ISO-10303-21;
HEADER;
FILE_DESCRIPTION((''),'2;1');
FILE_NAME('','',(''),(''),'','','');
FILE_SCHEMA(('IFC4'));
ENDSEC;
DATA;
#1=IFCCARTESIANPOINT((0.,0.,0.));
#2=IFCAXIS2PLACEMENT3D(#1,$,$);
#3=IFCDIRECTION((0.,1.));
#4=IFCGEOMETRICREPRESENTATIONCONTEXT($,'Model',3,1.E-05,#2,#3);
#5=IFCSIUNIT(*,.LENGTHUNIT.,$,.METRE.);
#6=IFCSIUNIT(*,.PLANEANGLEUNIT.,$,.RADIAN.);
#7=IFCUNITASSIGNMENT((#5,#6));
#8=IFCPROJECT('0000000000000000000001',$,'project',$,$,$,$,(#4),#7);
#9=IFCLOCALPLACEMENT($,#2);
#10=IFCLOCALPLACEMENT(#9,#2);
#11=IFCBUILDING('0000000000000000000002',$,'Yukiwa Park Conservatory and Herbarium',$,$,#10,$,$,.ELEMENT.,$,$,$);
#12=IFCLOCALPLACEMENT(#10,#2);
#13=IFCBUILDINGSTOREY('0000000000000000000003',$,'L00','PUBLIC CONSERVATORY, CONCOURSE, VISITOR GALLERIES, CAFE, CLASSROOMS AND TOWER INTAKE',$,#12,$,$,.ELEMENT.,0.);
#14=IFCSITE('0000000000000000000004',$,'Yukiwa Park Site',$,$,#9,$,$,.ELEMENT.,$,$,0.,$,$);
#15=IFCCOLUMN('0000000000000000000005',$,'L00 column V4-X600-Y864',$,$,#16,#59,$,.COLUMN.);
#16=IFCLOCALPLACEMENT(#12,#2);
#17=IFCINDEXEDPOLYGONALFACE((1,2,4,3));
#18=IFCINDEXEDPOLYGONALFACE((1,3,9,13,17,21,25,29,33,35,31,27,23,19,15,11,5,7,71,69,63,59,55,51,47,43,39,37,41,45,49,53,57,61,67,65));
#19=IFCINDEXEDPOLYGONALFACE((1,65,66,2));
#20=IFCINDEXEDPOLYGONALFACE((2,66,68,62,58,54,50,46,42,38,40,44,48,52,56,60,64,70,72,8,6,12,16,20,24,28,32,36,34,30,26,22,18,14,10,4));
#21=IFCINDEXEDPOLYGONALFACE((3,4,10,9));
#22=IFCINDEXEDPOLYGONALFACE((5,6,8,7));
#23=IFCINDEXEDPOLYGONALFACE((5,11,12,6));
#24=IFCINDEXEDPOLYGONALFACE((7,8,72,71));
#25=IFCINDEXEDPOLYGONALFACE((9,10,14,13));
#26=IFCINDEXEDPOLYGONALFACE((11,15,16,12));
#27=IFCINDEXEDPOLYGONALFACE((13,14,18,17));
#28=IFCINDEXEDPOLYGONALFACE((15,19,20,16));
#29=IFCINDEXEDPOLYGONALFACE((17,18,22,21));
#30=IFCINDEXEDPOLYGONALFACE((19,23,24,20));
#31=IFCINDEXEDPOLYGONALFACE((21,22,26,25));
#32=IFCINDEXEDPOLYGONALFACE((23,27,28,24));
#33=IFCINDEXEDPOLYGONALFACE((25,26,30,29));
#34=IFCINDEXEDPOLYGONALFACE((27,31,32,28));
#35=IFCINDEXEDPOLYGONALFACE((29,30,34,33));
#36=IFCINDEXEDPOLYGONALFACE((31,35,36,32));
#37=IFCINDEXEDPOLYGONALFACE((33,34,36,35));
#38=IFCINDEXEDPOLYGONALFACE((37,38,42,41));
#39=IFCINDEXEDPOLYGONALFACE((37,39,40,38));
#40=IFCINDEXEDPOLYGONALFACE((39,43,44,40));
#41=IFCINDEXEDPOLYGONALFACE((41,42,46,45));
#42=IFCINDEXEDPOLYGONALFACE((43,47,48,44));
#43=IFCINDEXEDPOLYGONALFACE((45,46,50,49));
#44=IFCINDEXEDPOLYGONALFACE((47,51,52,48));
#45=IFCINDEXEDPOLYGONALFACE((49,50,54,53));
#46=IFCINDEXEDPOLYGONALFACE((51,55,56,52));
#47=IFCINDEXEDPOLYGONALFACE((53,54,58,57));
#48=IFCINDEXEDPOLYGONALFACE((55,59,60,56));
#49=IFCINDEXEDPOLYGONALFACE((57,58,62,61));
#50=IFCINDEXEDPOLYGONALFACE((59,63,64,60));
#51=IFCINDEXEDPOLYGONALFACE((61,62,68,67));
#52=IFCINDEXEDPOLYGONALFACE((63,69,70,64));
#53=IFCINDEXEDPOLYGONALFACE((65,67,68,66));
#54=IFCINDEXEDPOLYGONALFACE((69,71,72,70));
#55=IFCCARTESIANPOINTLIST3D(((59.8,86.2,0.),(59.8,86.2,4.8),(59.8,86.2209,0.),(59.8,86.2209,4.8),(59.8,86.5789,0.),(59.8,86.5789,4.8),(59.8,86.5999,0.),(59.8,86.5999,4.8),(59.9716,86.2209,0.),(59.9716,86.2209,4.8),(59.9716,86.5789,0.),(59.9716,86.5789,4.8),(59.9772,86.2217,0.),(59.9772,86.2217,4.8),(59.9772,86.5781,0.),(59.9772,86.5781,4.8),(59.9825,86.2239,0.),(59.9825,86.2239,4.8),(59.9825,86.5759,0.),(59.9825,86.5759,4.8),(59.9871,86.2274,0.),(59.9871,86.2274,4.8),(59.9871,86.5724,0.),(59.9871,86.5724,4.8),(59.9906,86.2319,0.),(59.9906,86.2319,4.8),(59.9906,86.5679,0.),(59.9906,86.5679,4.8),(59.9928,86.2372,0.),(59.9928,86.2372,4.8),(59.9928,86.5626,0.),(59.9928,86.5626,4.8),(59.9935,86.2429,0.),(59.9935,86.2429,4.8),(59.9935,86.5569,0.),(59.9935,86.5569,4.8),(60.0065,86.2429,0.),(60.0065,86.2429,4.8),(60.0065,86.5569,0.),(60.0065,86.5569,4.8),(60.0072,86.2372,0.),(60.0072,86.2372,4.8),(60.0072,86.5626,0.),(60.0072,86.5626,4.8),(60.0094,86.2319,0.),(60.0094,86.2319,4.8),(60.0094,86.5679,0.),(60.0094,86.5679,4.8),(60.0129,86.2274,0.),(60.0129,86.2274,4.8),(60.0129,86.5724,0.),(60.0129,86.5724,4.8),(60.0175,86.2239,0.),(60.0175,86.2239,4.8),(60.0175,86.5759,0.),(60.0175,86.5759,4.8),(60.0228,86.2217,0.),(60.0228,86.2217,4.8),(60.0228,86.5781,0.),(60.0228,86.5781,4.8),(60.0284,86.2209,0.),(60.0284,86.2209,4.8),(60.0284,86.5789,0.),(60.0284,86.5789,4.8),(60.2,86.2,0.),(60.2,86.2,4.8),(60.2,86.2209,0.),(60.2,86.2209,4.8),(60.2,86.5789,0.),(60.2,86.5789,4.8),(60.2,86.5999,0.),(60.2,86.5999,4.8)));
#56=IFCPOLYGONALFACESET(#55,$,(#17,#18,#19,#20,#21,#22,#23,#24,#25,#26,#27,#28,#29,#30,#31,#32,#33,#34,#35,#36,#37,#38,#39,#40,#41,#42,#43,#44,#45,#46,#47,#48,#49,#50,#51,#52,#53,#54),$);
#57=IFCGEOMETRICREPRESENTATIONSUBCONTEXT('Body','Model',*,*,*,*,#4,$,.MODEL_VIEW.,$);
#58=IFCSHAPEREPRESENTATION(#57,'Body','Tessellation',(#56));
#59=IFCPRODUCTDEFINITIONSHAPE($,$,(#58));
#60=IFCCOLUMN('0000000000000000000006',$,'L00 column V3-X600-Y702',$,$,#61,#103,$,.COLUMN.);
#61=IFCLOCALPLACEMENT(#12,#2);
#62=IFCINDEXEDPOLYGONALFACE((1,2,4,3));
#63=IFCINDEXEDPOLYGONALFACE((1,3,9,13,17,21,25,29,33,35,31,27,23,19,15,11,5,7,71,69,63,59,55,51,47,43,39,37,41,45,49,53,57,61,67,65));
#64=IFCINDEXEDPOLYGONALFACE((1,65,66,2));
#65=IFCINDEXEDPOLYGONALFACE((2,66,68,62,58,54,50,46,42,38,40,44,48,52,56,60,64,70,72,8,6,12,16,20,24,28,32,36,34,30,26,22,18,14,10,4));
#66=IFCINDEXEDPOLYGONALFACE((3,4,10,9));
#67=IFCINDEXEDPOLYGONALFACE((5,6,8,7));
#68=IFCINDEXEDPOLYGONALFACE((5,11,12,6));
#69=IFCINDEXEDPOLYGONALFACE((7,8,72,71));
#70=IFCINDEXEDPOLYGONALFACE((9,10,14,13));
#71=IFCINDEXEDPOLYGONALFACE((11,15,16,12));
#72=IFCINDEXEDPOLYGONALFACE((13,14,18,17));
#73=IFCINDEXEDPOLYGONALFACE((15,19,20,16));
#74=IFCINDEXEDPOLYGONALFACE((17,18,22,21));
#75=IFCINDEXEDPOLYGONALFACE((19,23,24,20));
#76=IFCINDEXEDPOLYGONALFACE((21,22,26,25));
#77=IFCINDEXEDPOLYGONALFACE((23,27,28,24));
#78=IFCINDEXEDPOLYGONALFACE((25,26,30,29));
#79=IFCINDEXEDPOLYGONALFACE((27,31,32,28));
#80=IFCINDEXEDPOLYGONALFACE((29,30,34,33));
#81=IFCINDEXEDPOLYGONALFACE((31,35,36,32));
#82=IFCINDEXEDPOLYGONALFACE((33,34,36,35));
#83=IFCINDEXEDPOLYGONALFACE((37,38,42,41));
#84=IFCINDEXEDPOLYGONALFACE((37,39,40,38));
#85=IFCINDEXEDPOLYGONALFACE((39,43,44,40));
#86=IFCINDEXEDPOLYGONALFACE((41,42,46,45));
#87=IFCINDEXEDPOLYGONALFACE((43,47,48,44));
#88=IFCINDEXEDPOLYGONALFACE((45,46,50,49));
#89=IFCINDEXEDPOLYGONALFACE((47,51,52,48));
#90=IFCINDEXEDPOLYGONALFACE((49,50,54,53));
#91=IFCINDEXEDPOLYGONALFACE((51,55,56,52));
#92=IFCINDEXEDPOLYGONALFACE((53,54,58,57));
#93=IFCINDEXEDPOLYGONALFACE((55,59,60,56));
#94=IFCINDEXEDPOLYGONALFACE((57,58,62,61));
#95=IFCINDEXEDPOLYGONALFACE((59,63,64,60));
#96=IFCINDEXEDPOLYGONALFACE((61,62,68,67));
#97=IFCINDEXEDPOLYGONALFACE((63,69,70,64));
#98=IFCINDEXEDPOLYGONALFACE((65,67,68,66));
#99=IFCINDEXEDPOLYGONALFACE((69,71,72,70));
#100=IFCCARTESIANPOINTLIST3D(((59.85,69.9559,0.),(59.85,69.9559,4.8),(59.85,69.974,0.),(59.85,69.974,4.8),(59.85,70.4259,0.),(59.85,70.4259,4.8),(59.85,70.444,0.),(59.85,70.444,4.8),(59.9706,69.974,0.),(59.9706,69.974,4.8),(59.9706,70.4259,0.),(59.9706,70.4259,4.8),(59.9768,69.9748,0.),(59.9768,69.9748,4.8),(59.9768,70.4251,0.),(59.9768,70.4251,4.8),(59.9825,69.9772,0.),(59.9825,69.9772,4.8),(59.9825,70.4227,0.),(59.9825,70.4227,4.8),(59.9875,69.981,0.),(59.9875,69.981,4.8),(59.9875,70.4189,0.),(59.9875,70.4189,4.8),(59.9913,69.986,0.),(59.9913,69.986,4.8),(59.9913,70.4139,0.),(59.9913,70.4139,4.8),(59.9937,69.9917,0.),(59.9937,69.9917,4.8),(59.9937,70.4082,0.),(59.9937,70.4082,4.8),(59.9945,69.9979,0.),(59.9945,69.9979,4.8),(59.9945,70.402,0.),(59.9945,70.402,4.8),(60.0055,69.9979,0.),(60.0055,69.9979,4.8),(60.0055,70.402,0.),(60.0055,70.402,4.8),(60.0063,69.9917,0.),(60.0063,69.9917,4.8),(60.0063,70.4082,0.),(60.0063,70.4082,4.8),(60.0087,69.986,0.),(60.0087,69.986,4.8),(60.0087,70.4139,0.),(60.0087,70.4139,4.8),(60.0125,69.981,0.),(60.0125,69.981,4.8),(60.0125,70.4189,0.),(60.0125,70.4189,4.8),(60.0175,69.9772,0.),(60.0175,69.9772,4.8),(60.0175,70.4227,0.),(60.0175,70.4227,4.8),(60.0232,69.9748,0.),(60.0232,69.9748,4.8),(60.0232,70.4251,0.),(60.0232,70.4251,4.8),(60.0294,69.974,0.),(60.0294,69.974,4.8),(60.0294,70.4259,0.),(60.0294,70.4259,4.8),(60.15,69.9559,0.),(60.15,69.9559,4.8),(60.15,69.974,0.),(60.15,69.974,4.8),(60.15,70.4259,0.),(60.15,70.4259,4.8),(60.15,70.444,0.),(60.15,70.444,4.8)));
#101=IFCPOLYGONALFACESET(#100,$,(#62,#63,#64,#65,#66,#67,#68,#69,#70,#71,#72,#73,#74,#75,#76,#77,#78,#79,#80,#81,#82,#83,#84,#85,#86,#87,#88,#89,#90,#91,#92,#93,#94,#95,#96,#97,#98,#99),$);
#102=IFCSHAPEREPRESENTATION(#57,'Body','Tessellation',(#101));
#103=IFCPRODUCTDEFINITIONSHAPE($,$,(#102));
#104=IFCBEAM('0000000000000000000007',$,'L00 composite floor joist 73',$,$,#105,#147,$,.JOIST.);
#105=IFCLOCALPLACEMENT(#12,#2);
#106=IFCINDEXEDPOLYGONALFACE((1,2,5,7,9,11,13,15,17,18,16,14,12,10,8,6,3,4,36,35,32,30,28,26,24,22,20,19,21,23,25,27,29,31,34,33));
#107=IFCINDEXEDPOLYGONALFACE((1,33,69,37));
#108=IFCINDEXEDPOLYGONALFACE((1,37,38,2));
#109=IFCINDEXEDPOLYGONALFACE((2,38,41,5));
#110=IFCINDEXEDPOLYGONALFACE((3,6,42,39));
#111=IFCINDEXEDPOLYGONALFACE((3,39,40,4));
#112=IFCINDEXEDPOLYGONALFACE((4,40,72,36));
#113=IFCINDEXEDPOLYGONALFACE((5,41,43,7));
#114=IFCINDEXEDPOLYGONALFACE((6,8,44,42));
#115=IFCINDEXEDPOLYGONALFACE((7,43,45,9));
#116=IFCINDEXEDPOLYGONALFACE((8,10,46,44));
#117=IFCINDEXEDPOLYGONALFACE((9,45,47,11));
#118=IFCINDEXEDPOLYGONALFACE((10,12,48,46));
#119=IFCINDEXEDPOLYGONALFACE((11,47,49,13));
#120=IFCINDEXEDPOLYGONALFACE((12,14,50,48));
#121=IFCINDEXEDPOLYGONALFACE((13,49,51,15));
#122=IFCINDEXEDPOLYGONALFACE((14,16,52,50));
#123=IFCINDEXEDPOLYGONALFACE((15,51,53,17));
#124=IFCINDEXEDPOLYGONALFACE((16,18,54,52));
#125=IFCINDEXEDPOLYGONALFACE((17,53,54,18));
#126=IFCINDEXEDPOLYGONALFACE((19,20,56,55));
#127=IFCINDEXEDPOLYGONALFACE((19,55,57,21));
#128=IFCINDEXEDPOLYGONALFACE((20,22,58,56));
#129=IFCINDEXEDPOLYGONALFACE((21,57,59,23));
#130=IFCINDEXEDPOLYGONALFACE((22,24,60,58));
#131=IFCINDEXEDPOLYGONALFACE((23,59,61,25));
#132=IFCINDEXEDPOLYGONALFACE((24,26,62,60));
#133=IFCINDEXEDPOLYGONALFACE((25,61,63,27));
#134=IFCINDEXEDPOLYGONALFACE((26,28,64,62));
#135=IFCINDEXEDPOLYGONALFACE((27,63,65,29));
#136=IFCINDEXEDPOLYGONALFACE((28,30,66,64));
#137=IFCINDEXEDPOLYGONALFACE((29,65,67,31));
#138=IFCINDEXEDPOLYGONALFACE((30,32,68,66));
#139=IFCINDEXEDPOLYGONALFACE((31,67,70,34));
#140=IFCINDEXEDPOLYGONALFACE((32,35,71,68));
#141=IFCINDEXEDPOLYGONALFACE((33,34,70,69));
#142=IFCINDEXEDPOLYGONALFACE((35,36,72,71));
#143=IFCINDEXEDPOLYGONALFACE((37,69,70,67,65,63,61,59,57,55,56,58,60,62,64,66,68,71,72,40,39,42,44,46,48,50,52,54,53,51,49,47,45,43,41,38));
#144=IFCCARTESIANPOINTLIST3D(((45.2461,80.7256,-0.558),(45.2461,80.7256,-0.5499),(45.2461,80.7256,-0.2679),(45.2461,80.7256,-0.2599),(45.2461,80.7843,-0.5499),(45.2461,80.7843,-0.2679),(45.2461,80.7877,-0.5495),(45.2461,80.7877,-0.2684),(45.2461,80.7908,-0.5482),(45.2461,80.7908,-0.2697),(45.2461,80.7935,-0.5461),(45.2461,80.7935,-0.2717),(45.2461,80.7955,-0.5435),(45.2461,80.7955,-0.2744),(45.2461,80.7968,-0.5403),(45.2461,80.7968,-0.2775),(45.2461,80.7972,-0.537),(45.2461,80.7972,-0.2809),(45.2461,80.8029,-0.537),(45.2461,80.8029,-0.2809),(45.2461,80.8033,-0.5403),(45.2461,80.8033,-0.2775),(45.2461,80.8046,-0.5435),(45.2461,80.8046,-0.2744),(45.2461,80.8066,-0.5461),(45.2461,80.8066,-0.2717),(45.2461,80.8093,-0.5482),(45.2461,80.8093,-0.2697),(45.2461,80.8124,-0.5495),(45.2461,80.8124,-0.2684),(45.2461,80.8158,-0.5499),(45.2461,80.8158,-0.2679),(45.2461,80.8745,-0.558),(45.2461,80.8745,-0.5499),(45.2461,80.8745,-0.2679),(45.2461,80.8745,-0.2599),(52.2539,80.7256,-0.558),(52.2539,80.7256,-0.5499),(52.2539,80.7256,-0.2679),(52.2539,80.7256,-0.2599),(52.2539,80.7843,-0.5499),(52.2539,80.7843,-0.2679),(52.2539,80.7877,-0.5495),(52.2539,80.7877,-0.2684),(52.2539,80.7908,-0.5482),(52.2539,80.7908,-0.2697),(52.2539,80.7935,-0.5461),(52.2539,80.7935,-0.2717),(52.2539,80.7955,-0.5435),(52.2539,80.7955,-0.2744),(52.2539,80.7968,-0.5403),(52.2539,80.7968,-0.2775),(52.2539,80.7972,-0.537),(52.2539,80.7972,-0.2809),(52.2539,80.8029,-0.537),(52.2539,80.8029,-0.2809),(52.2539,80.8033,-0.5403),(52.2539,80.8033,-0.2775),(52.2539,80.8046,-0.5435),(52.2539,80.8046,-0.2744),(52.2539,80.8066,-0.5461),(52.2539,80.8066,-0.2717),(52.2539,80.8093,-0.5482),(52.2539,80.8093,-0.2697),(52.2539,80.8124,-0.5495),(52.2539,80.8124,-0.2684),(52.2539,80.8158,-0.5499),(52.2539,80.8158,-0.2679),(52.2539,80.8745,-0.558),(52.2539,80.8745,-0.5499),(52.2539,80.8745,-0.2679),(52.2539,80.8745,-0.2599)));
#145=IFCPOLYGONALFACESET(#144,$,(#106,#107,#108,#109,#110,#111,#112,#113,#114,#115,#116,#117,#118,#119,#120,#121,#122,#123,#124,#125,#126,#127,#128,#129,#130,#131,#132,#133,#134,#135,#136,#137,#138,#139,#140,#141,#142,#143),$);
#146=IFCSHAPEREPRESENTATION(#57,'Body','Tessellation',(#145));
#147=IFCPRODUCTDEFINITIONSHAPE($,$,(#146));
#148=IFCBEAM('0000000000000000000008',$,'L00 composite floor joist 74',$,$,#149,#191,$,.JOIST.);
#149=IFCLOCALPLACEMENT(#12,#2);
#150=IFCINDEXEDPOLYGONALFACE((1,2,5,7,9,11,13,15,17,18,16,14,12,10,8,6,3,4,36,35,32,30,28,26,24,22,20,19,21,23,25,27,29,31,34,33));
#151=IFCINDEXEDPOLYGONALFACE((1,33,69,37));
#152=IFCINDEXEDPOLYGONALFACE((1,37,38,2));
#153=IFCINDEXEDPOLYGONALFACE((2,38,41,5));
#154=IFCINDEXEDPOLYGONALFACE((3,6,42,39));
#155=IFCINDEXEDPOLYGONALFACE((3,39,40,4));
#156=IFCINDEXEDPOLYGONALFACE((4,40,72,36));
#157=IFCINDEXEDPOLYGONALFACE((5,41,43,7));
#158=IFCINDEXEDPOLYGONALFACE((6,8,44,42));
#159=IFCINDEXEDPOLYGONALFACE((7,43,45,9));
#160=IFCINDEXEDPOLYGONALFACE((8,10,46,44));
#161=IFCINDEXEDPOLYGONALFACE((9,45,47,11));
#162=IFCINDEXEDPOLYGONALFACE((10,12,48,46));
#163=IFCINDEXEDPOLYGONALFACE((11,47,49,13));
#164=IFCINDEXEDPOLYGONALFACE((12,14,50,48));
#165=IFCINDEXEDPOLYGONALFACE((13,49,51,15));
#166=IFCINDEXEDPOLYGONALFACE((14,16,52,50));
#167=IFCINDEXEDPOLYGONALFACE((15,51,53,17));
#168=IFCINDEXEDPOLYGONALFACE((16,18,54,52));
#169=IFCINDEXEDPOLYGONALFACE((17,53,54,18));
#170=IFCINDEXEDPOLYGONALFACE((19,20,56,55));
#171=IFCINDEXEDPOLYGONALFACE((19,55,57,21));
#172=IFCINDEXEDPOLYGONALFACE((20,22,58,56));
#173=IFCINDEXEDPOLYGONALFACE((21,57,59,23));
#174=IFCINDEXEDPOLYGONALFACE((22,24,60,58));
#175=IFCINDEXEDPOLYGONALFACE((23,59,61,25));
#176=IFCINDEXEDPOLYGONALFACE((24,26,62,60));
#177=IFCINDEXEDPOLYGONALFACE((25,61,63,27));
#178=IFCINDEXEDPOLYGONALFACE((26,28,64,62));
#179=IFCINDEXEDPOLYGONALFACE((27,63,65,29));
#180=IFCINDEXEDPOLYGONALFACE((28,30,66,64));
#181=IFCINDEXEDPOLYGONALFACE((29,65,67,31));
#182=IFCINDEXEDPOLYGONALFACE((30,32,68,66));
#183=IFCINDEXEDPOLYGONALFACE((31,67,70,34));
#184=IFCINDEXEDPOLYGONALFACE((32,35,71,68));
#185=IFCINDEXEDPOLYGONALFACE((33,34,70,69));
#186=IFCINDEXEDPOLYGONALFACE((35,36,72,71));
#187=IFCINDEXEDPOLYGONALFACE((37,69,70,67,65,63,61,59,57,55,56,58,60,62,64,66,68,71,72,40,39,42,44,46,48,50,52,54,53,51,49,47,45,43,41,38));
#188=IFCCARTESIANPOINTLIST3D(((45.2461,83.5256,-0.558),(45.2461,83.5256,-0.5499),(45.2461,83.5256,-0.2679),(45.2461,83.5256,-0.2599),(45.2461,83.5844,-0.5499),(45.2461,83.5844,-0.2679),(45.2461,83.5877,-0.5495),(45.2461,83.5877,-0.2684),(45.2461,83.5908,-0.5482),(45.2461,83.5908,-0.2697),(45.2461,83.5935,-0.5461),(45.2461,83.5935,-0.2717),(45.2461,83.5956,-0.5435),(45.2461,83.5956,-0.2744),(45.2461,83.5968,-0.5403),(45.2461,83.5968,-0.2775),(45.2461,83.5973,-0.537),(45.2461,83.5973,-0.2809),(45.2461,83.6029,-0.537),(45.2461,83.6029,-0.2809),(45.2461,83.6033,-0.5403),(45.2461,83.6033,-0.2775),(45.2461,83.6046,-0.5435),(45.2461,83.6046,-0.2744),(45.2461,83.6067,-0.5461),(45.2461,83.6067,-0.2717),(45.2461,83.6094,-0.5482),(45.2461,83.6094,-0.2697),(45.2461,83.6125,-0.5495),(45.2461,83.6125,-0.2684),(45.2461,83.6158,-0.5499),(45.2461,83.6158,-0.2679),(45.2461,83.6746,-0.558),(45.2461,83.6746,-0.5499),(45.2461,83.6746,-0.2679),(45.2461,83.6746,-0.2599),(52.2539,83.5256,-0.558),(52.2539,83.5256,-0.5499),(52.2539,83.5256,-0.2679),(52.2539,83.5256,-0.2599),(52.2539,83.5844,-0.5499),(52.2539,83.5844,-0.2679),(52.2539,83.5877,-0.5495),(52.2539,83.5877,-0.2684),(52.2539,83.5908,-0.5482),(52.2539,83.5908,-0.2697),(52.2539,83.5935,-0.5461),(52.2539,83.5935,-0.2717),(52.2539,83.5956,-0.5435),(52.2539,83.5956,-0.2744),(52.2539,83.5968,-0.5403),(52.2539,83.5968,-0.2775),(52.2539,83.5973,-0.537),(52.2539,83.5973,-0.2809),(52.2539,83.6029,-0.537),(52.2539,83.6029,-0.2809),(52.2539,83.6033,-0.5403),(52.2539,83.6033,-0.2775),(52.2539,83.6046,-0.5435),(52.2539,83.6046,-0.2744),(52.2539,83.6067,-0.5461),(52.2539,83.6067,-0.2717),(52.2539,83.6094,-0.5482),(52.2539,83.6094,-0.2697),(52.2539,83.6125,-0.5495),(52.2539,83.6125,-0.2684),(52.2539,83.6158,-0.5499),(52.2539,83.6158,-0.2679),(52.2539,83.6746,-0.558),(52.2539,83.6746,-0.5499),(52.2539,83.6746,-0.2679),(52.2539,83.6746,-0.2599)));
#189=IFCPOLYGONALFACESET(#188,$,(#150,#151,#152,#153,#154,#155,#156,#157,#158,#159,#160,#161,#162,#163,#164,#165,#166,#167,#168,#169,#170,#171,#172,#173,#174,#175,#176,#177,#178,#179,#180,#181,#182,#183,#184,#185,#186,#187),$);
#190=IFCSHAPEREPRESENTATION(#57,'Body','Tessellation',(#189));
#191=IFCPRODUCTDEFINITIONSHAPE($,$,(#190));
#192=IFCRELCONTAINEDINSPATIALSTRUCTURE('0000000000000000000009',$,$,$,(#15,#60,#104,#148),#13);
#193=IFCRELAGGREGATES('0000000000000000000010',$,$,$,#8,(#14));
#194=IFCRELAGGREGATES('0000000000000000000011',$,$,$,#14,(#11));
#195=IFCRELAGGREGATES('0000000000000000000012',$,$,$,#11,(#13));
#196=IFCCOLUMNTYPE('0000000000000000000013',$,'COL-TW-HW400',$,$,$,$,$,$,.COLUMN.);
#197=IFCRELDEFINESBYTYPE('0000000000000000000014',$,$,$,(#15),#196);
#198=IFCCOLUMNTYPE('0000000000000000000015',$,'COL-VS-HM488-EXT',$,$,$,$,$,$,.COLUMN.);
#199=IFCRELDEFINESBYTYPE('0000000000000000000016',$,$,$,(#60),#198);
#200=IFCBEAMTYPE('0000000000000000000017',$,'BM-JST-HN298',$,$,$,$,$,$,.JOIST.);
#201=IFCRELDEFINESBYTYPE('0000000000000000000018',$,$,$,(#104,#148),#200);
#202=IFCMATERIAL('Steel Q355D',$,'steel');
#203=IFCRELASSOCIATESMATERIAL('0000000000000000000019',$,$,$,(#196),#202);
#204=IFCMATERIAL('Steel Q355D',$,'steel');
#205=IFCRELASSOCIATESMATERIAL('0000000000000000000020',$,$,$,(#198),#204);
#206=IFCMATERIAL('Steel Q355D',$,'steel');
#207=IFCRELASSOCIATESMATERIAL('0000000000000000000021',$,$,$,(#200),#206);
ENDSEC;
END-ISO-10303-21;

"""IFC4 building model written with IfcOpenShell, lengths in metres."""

from ifc_helpers import new_model, si_unit, direction, frame, origin, origin_2d, place, context, subcontext, project, spatial, i_section, extrude, material, material_profile, profile_set, type_object, element, save


model = new_model("IFC4")

# Units and contexts
model_context = context("Model", 3, precision=1e-05, world=origin(), true_north=direction((0.0, 1.0)))
body_context = subcontext(model_context, "Body", "Model", "MODEL_VIEW")
ifc_project = project(units=[si_unit("LENGTHUNIT", "METRE"), si_unit("PLANEANGLEUNIT", "RADIAN")], contexts=[model_context])

# Site, building, storey
site_placement = place(None, origin())
site = spatial("IfcSite", under=ifc_project, at=site_placement, Name="Yukiwa Park Site", CompositionType="ELEMENT", RefElevation=0.0)
building_placement = place(site_placement, origin())
building = spatial("IfcBuilding", under=site, at=building_placement, Name="Yukiwa Park Conservatory and Herbarium", CompositionType="ELEMENT")
storey_placement = place(building_placement, origin())
storey = spatial("IfcBuildingStorey", under=building, at=storey_placement, Name="L00", Description="PUBLIC CONSERVATORY, CONCOURSE, VISITOR GALLERIES, CAFE, CLASSROOMS AND TOWER INTAKE", CompositionType="ELEMENT", Elevation=0.0)

# Columns
ifc_material_1 = material(Name="Steel Q355D", Category="steel")
ifc_material_profile_1 = material_profile(ifc_material_1, i_section(OverallWidth=0.3999, OverallDepth=0.3999, WebThickness=0.0129, FlangeThickness=0.021, FilletRadius=0.022, at=origin_2d()), Name="HW 400x400x13x21")
ifc_profile_set_1 = profile_set([ifc_material_profile_1], Name="Steel Q355D")
column_type_1 = type_object("IfcColumnType", Name="COL-TW-HW400", PredefinedType="COLUMN", material=ifc_profile_set_1)
column_1_placement = place(storey_placement, frame((60.0, 86.3999, 0.0), z_axis=(0.0, 0.0, 1.0), x_axis=(1.0, 0.0, 0.0)))
element("IfcColumn", 1, at=column_1_placement, inside=storey, type_object=column_type_1, Name="L00 column V4-X600-Y864", PredefinedType="COLUMN", context=body_context, shape_type="SweptSolid", body=[
    extrude(i_section(OverallWidth=0.3999, OverallDepth=0.3999, WebThickness=0.0129, FlangeThickness=0.021, FilletRadius=0.022, at=origin_2d()), origin(), (0.0, 0.0, 1.0), 4.8),
])
ifc_material_2 = material(Name="Steel Q355D", Category="steel")
ifc_material_profile_2 = material_profile(ifc_material_2, i_section(OverallWidth=0.3, OverallDepth=0.488, WebThickness=0.011, FlangeThickness=0.0181, FilletRadius=0.0239, at=origin_2d()), Name="HM 488x300x11x18")
ifc_profile_set_2 = profile_set([ifc_material_profile_2], Name="Steel Q355D")
column_type_2 = type_object("IfcColumnType", Name="COL-VS-HM488-EXT", PredefinedType="COLUMN", material=ifc_profile_set_2)
column_2_placement = place(storey_placement, frame((60.0, 70.2, 0.0), z_axis=(0.0, 0.0, 1.0), x_axis=(1.0, 0.0, 0.0)))
element("IfcColumn", 2, at=column_2_placement, inside=storey, type_object=column_type_2, Name="L00 column V3-X600-Y702", PredefinedType="COLUMN", context=body_context, shape_type="SweptSolid", body=[
    extrude(i_section(OverallWidth=0.3, OverallDepth=0.488, WebThickness=0.011, FlangeThickness=0.0181, FilletRadius=0.0239, at=origin_2d()), origin(), (0.0, 0.0, 1.0), 4.8),
])

# Beams
ifc_material_3 = material(Name="Steel Q355D", Category="steel")
ifc_material_profile_3 = material_profile(ifc_material_3, i_section(OverallWidth=0.1489, OverallDepth=0.2981, WebThickness=0.0056, FlangeThickness=0.0081, FilletRadius=0.0129, at=origin_2d()), Name="HN 298x149x5.5x8")
ifc_profile_set_3 = profile_set([ifc_material_profile_3], Name="Steel Q355D")
beam_type_1 = type_object("IfcBeamType", Name="BM-JST-HN298", PredefinedType="JOIST", material=ifc_profile_set_3)
for number, where, z_axis, x_axis, name in (
    (3, (45.2461, 80.8, -0.4089), (1.0, 0.0, 0.0), (0.0, 1.0, 0.0), "L00 composite floor joist 73"),
    (4, (45.2461, 83.6001, -0.4089), (1.0, 0.0, 0.0), (0.0, 1.0, 0.0), "L00 composite floor joist 74"),
):
    element("IfcBeam", number, at=place(storey_placement, frame(where, z_axis=z_axis, x_axis=x_axis)), inside=storey, type_object=beam_type_1, Name=name, PredefinedType="JOIST", context=body_context, shape_type="SweptSolid", body=[
        extrude(i_section(OverallWidth=0.1489, OverallDepth=0.2981, WebThickness=0.0056, FlangeThickness=0.0081, FilletRadius=0.0129, at=origin_2d()), origin(), (0.0, 0.0, 1.0), 7.0078),
    ])

save(model, "model.ifc")
